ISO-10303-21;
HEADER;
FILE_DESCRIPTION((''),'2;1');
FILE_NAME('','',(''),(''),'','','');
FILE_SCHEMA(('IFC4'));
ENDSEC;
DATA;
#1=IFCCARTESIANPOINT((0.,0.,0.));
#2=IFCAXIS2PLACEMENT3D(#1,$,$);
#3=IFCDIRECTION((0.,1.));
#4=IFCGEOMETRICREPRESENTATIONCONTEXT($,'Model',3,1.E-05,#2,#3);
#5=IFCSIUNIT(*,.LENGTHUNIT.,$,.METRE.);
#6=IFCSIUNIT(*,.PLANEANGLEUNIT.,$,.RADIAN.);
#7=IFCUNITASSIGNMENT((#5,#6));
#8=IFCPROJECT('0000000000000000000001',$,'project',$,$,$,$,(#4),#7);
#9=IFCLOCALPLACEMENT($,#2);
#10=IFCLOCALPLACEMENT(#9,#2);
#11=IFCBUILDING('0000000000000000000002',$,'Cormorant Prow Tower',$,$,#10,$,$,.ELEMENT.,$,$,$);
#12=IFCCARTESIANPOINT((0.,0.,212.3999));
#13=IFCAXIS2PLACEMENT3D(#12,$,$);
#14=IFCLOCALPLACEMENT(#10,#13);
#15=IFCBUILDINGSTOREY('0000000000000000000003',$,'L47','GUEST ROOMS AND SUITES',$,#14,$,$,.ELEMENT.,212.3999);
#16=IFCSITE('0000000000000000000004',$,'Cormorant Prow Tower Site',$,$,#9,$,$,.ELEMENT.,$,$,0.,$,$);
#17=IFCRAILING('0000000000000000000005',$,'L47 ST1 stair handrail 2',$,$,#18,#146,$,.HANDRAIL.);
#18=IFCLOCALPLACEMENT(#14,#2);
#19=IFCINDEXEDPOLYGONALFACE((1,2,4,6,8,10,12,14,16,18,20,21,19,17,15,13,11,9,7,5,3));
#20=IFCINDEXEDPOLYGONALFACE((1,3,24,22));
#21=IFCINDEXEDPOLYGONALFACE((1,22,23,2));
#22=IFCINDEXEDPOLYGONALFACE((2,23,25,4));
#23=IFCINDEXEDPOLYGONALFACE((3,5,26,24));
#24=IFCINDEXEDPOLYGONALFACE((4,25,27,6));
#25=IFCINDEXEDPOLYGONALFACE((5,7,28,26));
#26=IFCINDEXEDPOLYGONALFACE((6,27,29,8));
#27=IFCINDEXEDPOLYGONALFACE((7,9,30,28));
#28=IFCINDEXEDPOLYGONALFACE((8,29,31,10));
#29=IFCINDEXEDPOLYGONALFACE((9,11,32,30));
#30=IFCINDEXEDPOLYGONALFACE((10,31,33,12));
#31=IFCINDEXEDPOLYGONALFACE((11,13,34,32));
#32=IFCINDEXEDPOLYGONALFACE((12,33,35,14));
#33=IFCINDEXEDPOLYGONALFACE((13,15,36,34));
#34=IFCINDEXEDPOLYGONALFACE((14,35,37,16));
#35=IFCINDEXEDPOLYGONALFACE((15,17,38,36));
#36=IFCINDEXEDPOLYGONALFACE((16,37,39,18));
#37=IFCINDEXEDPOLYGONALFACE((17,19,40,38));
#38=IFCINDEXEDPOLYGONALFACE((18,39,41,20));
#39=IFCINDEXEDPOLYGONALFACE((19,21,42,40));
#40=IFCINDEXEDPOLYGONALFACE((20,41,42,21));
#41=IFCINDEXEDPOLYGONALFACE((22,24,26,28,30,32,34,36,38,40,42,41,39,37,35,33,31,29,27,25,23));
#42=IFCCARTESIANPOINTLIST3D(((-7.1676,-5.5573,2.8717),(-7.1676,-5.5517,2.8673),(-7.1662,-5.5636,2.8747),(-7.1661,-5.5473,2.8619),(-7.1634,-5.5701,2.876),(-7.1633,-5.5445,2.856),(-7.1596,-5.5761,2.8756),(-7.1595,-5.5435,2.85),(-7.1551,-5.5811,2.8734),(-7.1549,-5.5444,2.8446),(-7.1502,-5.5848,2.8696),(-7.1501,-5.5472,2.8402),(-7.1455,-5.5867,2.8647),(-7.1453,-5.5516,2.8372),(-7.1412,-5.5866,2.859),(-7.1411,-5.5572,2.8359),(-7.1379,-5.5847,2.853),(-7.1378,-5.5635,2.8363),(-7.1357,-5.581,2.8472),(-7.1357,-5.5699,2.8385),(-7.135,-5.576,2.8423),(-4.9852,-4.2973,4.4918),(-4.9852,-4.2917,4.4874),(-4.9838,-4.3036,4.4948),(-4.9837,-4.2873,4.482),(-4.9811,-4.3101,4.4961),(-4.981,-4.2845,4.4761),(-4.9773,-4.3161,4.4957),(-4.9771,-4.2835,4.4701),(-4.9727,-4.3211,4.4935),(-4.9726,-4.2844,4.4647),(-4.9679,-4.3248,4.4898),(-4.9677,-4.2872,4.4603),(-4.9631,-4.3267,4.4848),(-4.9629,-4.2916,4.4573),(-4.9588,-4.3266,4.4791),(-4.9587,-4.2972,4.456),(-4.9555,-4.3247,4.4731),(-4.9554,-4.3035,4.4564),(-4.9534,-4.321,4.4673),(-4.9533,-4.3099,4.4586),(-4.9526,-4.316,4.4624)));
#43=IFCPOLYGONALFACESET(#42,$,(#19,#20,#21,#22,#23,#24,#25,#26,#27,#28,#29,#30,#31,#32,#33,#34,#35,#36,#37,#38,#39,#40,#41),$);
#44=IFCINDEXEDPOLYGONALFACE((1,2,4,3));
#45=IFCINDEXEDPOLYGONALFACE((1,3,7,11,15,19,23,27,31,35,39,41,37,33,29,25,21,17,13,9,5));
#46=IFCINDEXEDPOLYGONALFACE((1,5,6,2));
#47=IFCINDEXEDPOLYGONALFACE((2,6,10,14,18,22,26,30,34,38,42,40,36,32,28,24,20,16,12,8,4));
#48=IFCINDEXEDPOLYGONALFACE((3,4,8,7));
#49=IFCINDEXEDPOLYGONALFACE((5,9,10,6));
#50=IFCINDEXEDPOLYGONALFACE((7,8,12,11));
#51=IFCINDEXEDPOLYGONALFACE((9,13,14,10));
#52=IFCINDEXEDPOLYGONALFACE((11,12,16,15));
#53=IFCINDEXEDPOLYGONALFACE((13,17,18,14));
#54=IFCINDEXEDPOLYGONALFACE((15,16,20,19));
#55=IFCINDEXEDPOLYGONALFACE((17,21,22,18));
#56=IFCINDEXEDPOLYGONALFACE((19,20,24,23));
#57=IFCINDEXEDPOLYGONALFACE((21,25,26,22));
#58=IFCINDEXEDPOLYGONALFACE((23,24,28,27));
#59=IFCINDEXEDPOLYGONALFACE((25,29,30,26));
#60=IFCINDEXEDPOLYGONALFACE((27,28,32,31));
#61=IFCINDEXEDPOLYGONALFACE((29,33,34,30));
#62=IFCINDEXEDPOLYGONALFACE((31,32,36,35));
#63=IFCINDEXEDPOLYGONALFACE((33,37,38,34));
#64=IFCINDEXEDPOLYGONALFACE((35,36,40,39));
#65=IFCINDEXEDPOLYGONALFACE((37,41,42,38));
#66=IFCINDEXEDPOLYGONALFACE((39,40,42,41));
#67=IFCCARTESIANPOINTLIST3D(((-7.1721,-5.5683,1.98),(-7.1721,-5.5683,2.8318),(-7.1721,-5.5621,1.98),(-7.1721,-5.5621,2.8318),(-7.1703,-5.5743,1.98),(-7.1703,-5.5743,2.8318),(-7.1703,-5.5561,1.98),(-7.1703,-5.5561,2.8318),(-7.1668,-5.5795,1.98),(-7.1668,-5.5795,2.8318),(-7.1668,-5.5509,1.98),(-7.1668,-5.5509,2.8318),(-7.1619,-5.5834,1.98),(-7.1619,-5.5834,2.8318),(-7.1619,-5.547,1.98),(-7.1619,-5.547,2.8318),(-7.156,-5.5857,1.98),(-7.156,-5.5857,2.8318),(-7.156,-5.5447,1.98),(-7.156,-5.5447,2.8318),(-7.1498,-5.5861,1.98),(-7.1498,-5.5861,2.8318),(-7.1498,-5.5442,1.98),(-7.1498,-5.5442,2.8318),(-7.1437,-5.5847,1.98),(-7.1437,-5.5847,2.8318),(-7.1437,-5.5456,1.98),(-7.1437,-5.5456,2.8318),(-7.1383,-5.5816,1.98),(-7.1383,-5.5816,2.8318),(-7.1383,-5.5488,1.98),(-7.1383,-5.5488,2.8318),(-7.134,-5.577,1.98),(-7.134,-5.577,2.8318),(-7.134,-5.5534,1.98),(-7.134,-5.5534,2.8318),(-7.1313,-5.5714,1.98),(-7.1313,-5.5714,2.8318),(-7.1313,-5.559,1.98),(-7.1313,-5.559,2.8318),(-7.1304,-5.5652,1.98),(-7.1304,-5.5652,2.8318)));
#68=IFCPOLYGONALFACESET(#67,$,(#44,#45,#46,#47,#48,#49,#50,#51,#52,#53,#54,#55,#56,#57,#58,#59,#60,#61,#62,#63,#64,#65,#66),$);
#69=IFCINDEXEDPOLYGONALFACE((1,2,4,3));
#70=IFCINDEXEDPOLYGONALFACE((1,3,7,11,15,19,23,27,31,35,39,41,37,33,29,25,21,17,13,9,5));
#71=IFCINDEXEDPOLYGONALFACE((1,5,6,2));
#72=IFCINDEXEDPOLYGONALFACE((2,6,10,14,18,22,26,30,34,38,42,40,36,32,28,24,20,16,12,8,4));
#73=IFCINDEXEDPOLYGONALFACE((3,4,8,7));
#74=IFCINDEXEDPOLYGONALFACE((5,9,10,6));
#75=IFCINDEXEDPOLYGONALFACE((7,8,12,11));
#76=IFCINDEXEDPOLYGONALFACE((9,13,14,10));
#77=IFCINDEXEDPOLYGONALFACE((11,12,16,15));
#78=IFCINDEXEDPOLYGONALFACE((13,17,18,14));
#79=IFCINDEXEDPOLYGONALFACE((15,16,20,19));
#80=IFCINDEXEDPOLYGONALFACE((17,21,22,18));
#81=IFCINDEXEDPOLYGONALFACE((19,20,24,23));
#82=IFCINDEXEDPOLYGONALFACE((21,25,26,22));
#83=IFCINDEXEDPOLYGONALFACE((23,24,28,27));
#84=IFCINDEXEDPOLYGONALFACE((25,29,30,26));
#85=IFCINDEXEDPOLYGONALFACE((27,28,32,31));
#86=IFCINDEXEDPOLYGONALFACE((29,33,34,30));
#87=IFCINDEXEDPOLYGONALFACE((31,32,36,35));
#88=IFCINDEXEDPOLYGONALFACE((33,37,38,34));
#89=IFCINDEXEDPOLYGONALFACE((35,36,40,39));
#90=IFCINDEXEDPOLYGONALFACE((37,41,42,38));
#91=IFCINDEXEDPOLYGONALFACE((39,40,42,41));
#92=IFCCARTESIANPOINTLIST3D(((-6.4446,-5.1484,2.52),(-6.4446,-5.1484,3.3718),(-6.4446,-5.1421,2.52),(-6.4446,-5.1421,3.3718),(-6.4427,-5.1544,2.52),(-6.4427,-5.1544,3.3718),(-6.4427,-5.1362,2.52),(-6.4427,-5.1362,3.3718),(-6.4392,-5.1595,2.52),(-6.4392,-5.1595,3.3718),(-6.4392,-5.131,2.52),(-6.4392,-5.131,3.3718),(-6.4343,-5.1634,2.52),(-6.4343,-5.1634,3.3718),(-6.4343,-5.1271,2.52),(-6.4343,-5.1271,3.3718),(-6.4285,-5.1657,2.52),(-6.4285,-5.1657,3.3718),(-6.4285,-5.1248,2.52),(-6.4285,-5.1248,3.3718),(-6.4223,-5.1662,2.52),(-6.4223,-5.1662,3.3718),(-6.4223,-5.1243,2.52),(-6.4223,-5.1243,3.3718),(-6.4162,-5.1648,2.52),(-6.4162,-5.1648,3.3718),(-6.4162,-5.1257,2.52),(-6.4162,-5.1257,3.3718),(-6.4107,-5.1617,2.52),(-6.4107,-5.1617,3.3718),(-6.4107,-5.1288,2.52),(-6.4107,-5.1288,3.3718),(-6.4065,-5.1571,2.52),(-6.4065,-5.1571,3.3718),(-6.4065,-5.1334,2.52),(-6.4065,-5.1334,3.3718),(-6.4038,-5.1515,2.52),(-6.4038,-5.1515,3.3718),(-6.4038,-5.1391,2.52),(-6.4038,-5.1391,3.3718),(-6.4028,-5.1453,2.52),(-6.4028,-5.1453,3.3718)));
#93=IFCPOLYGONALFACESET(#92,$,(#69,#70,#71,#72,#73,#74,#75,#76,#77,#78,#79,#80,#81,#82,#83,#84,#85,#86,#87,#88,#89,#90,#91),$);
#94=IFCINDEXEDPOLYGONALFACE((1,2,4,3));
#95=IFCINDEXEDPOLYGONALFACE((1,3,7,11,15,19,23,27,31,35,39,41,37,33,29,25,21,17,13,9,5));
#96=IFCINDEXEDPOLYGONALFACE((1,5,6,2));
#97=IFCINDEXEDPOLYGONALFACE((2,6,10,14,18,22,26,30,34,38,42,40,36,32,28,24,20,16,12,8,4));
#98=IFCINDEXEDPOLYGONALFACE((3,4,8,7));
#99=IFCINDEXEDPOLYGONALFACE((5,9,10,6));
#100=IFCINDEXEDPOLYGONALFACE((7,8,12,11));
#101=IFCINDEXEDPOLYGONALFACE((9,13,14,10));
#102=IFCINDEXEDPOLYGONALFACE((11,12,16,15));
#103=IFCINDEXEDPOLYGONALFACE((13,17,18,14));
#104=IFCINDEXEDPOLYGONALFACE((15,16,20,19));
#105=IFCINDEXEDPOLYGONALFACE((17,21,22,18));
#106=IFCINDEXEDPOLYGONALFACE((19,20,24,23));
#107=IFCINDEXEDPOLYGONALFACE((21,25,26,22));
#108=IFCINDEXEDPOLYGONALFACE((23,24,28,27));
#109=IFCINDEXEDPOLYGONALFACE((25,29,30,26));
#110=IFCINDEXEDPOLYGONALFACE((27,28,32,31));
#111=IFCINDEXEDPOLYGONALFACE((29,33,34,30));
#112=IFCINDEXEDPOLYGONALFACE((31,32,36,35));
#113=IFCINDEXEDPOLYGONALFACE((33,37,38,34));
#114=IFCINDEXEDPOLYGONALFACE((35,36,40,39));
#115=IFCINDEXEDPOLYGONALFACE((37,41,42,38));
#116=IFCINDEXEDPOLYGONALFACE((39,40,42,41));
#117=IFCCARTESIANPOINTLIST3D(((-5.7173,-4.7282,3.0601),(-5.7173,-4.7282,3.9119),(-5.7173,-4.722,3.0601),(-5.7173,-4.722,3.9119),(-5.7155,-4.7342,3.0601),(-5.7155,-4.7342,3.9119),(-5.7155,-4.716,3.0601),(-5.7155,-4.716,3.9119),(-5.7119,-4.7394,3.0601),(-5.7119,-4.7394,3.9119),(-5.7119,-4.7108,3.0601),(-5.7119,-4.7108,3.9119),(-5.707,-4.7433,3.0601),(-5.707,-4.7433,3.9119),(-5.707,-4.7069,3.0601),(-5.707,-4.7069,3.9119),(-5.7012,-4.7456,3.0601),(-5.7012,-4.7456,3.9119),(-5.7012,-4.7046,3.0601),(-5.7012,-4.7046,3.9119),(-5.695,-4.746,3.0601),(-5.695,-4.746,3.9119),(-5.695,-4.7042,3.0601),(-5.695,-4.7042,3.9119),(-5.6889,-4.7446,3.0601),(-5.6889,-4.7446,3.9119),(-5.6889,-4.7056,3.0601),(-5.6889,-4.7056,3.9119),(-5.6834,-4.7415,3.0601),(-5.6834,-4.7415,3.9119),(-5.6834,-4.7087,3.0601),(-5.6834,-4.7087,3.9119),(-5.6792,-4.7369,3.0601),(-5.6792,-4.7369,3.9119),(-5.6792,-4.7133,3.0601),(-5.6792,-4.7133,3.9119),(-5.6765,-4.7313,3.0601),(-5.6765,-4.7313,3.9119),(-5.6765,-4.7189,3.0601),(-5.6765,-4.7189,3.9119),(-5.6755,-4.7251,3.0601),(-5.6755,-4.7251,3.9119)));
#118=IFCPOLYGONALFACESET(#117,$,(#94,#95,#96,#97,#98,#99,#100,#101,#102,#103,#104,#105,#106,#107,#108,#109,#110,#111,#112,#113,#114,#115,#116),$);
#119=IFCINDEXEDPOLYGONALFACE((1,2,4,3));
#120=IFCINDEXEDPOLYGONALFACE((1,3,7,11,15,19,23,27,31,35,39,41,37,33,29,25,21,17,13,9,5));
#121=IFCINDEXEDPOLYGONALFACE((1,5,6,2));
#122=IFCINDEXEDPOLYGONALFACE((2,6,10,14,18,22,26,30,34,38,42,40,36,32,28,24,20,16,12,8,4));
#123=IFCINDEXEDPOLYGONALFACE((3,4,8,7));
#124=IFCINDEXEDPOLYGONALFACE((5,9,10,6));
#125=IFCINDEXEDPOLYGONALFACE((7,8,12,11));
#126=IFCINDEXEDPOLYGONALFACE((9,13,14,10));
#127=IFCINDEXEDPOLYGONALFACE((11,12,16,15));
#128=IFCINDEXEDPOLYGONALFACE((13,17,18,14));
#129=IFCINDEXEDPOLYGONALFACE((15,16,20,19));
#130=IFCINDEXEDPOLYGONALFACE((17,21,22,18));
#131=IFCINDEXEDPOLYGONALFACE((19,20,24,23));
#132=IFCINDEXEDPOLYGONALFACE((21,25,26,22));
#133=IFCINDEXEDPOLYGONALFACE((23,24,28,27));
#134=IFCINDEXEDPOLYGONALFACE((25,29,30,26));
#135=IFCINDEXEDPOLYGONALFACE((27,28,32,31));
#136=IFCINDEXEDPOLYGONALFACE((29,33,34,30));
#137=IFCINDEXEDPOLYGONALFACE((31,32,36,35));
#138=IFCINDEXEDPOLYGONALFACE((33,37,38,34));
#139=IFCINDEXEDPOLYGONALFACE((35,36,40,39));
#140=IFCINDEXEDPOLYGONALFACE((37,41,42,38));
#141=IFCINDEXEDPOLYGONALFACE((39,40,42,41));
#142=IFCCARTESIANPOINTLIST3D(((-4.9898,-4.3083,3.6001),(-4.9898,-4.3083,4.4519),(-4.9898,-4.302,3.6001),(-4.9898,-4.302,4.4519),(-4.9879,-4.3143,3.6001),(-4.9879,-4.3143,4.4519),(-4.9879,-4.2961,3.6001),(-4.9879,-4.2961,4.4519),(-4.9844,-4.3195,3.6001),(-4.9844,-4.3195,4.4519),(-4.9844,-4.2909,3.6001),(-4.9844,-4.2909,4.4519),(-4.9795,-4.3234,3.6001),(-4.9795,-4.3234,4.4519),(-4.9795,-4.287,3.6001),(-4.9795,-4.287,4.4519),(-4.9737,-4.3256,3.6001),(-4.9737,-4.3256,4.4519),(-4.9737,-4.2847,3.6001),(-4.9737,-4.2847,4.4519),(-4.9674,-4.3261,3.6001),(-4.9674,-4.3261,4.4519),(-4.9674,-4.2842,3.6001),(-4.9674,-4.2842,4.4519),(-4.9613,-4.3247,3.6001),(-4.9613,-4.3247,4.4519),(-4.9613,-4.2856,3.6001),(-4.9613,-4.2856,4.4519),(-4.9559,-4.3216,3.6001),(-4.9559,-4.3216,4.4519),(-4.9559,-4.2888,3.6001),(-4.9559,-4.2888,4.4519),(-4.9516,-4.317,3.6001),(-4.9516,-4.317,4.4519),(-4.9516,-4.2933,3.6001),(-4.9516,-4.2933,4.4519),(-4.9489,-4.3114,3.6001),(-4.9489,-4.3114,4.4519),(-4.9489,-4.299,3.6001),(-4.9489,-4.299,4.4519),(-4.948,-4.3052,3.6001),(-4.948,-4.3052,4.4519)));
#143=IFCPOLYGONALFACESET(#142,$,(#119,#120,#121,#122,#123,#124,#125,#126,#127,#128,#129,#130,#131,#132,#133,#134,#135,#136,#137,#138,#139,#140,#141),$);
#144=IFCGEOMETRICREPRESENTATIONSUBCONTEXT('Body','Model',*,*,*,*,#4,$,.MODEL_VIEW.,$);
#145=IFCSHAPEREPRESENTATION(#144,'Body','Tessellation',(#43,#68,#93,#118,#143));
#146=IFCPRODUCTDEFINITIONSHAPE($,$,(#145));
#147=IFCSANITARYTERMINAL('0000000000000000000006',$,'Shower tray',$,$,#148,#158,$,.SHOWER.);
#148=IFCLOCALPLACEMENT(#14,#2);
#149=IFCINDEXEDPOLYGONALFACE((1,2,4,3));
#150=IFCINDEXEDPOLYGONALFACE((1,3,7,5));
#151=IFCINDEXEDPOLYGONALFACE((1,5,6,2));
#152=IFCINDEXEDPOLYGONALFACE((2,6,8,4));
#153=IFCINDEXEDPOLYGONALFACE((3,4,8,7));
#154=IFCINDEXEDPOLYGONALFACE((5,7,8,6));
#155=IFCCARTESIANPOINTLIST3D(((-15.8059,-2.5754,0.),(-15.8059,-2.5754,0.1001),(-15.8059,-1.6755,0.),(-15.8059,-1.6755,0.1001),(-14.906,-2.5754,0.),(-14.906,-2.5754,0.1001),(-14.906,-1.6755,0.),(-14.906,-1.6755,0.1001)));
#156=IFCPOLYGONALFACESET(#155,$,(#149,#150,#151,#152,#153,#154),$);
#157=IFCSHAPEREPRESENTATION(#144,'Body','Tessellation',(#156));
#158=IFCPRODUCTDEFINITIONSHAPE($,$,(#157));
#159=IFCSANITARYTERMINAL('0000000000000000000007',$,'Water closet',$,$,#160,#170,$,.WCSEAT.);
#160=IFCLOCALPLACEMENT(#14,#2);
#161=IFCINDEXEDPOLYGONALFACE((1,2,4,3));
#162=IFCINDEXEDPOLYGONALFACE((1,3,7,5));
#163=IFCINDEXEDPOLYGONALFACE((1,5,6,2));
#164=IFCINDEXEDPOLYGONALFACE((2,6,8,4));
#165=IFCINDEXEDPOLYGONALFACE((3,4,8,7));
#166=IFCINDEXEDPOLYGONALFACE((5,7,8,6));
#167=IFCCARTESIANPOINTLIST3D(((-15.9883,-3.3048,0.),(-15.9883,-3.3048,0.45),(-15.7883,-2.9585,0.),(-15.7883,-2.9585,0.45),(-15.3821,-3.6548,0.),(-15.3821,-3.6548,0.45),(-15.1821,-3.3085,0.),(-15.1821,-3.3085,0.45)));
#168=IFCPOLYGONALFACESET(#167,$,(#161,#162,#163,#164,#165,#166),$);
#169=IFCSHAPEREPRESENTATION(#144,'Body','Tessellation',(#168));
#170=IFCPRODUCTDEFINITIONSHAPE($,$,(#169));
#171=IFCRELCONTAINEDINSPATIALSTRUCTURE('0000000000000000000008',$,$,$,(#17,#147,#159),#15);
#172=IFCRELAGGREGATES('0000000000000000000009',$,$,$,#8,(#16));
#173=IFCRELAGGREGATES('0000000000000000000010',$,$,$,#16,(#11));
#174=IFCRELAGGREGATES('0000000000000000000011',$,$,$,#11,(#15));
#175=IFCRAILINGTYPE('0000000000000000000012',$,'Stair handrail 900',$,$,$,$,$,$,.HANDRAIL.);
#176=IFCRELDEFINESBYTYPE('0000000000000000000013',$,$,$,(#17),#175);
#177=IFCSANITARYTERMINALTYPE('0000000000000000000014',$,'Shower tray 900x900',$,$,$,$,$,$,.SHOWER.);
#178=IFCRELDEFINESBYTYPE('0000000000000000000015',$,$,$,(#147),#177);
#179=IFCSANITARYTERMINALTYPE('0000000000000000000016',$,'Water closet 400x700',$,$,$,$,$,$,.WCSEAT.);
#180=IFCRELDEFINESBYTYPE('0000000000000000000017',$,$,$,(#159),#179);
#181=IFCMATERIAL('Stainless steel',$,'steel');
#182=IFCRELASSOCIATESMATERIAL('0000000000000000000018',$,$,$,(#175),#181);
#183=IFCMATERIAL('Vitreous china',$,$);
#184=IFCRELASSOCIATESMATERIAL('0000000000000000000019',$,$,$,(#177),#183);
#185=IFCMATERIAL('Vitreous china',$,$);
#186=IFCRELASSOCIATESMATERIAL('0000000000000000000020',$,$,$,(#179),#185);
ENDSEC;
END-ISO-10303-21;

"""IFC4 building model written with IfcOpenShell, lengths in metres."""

from ifc_helpers import new_model, si_unit, direction, frame, origin, origin_2d, place, context, subcontext, project, spatial, rectangle, circle, extrude, material, type_object, element, save


model = new_model("IFC4")

# Units and contexts
model_context = context("Model", 3, precision=1e-05, world=origin(), true_north=direction((0.0, 1.0)))
body_context = subcontext(model_context, "Body", "Model", "MODEL_VIEW")
ifc_project = project(units=[si_unit("LENGTHUNIT", "METRE"), si_unit("PLANEANGLEUNIT", "RADIAN")], contexts=[model_context])

# Site, building, storey
site_placement = place(None, origin())
site = spatial("IfcSite", under=ifc_project, at=site_placement, Name="Cormorant Prow Tower Site", CompositionType="ELEMENT", RefElevation=0.0)
building_placement = place(site_placement, origin())
building = spatial("IfcBuilding", under=site, at=building_placement, Name="Cormorant Prow Tower", CompositionType="ELEMENT")
storey_placement = place(building_placement, frame((0.0, 0.0, 212.3999)))
storey = spatial("IfcBuildingStorey", under=building, at=storey_placement, Name="L47", Description="GUEST ROOMS AND SUITES", CompositionType="ELEMENT", Elevation=212.3999)

# Railing
ifc_material_1 = material(Name="Stainless steel", Category="steel")
railing_type_1 = type_object("IfcRailingType", Name="Stair handrail 900", PredefinedType="HANDRAIL", material=ifc_material_1)
railing_1_placement = place(storey_placement, frame((-7.1514, -5.5652, 1.98)))
element("IfcRailing", 1, at=railing_1_placement, inside=storey, type_object=railing_type_1, Name="L47 ST1 stair handrail 2", PredefinedType="HANDRAIL", context=body_context, shape_type="SweptSolid", body=[
    extrude(circle(Radius=0.0239, at=origin_2d()), frame((0.0, 0.0, 0.876), z_axis=(0.728464, 0.420584, 0.540786), x_axis=(-0.500005, 0.866023, 0.0)), (0.0, 0.0, 1.0), 2.9958),
    extrude(circle(Radius=0.021, at=origin_2d()), origin(), (0.0, 0.0, 1.0), 0.8518),
    extrude(circle(Radius=0.021, at=origin_2d()), frame((0.7275, 0.4199, 0.54)), (0.0, 0.0, 1.0), 0.8518),
    extrude(circle(Radius=0.021, at=origin_2d()), frame((1.4548, 0.8401, 1.0801)), (0.0, 0.0, 1.0), 0.8518),
    extrude(circle(Radius=0.021, at=origin_2d()), frame((2.1824, 1.26, 1.6201)), (0.0, 0.0, 1.0), 0.8518),
])

# Sanitary terminals
ifc_material_2 = material(Name="Vitreous china")
sanitary_terminal_type_1 = type_object("IfcSanitaryTerminalType", Name="Shower tray 900x900", PredefinedType="SHOWER", material=ifc_material_2)
sanitary_terminal_1_placement = place(storey_placement, frame((-15.356, -2.1255, 0.0), z_axis=(0.0, 0.0, 1.0), x_axis=(1.0, 0.0, 0.0)))
element("IfcSanitaryTerminal", 2, at=sanitary_terminal_1_placement, inside=storey, type_object=sanitary_terminal_type_1, Name="Shower tray", PredefinedType="SHOWER", context=body_context, shape_type="SweptSolid", body=[
    extrude(rectangle(XDim=0.8999, YDim=0.8999, at=origin_2d()), origin(), (0.0, 0.0, 1.0), 0.1001),
])
ifc_material_3 = material(Name="Vitreous china")
sanitary_terminal_type_2 = type_object("IfcSanitaryTerminalType", Name="Water closet 400x700", PredefinedType="WCSEAT", material=ifc_material_3)
sanitary_terminal_2_placement = place(storey_placement, frame((-15.5852, -3.3066, 0.0), z_axis=(0.0, 0.0, 1.0), x_axis=(-0.5, -0.866025, 0.0)))
element("IfcSanitaryTerminal", 3, at=sanitary_terminal_2_placement, inside=storey, type_object=sanitary_terminal_type_2, Name="Water closet", PredefinedType="WCSEAT", context=body_context, shape_type="SweptSolid", body=[
    extrude(rectangle(XDim=0.3999, YDim=0.7, at=origin_2d()), origin(), (0.0, 0.0, 1.0), 0.45),
])

save(model, "model.ifc")
